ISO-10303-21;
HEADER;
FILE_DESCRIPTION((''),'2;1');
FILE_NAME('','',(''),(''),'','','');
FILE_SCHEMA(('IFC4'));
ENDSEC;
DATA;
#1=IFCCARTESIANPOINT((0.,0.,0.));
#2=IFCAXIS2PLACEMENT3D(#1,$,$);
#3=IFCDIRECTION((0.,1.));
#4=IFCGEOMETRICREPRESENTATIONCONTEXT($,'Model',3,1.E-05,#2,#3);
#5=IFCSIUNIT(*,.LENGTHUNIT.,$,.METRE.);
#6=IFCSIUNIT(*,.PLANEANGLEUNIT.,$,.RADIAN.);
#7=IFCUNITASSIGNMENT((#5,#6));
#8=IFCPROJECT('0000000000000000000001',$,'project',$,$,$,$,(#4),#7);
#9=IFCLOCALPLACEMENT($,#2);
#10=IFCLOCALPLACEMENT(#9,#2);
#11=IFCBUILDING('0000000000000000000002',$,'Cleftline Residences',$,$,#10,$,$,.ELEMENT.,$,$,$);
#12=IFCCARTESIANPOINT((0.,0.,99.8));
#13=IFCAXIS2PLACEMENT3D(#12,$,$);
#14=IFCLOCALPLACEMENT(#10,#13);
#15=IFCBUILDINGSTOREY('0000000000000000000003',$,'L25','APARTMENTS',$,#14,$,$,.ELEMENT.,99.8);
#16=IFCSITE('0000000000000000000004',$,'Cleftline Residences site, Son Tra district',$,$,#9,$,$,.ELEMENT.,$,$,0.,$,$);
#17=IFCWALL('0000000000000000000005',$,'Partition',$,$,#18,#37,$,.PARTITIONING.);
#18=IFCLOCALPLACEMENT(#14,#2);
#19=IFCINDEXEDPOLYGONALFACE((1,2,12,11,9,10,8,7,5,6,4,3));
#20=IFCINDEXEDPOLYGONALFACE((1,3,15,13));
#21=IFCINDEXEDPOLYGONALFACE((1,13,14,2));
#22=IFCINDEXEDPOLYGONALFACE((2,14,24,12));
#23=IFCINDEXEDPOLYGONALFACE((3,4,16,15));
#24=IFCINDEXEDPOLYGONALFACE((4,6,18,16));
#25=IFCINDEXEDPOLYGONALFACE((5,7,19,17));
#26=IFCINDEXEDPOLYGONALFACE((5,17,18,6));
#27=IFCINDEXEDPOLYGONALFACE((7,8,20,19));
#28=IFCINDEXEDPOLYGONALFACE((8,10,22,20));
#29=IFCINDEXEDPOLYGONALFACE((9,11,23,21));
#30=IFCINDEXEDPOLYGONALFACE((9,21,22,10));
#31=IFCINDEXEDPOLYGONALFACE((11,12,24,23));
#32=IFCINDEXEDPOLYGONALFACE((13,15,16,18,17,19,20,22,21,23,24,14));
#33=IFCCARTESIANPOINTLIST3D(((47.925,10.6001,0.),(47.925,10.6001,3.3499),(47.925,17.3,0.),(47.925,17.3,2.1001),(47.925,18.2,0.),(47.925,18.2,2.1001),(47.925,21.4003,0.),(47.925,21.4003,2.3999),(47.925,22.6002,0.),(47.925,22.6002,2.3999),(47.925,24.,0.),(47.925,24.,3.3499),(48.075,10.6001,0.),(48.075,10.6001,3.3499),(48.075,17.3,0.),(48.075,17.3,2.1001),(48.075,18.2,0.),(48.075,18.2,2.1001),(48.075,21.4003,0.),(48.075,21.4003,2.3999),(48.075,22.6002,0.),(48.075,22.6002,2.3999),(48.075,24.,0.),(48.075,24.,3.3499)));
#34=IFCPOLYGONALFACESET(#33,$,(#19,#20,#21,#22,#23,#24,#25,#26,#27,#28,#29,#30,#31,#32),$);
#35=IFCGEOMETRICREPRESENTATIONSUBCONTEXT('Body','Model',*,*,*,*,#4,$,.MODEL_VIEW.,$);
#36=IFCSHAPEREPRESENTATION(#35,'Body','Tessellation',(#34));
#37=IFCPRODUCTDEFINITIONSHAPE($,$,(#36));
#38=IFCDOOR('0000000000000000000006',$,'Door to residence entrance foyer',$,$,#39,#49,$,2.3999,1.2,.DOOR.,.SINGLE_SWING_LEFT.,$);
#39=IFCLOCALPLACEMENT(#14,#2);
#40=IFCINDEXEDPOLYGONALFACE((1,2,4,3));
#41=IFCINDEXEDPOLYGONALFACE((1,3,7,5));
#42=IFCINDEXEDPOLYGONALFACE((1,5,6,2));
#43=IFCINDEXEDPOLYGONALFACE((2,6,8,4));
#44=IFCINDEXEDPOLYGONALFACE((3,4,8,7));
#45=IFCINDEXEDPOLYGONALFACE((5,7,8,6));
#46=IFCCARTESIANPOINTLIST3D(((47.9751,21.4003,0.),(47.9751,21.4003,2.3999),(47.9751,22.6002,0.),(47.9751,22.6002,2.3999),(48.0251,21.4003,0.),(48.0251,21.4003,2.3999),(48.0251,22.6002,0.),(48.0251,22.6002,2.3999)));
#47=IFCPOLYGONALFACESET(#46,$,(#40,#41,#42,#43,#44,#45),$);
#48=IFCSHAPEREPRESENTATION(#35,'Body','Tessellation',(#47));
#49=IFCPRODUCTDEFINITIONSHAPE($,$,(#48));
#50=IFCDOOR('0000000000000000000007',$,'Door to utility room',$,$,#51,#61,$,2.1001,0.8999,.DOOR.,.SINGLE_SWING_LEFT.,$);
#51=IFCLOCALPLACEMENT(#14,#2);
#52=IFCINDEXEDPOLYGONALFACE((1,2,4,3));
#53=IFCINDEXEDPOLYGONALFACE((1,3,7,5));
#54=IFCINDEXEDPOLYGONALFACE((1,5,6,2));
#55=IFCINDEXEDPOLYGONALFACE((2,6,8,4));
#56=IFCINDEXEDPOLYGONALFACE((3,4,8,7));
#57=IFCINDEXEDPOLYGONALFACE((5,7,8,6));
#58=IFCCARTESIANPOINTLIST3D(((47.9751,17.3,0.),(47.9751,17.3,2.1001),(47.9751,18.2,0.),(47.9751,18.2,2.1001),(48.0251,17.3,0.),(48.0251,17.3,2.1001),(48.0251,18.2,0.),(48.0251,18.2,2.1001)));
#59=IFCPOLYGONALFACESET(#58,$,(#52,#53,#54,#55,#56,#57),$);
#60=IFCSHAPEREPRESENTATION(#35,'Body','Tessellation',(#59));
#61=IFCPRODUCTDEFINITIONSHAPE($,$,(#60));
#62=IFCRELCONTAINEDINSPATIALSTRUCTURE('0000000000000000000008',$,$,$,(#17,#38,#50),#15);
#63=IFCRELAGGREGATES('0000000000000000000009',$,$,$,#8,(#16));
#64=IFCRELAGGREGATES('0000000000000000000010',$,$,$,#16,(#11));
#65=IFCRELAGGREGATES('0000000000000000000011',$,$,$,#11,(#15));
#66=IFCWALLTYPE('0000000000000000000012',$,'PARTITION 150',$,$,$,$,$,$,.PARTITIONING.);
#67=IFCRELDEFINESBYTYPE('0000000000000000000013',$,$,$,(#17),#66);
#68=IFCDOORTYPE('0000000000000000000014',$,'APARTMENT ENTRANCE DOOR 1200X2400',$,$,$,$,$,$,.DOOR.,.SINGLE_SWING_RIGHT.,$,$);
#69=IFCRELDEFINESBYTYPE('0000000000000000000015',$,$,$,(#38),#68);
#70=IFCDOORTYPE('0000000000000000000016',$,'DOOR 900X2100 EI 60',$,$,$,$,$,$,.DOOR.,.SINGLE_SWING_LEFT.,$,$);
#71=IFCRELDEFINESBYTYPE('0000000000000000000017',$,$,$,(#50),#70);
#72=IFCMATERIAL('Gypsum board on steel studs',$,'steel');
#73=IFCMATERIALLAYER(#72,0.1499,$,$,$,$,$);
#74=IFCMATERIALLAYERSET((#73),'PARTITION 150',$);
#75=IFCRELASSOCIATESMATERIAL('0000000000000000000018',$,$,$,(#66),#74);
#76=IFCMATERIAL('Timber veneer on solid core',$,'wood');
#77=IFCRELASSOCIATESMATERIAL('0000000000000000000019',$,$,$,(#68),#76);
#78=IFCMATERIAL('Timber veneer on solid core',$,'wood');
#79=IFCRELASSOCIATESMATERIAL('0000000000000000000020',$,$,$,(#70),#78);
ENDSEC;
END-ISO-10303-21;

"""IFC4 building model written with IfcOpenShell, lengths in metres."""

from ifc_helpers import new_model, si_unit, direction, frame, frame_2d, origin, place, context, subcontext, project, spatial, rectangle, extrude, material, layer, layer_set, type_object, element, fill, save


model = new_model("IFC4")

# Units and contexts
model_context = context("Model", 3, precision=1e-05, world=origin(), true_north=direction((0.0, 1.0)))
body_context = subcontext(model_context, "Body", "Model", "MODEL_VIEW")
ifc_project = project(units=[si_unit("LENGTHUNIT", "METRE"), si_unit("PLANEANGLEUNIT", "RADIAN")], contexts=[model_context])

# Site, building, storey
site_placement = place(None, origin())
site = spatial("IfcSite", under=ifc_project, at=site_placement, Name="Cleftline Residences site, Son Tra district", CompositionType="ELEMENT", RefElevation=0.0)
building_placement = place(site_placement, origin())
building = spatial("IfcBuilding", under=site, at=building_placement, Name="Cleftline Residences", CompositionType="ELEMENT")
storey_placement = place(building_placement, frame((0.0, 0.0, 99.8)))
storey = spatial("IfcBuildingStorey", under=building, at=storey_placement, Name="L25", Description="APARTMENTS", CompositionType="ELEMENT", Elevation=99.8)

# Shared definitions
ifc_material_1 = material(Name="Gypsum board on steel studs", Category="steel")
ifc_layer_1 = layer(ifc_material_1, 0.1499)
ifc_layer_set_1 = layer_set([ifc_layer_1], Name="PARTITION 150")
wall_type = type_object("IfcWallType", Name="PARTITION 150", PredefinedType="PARTITIONING", material=ifc_layer_set_1)

# Wall, openings, doors
wall_1_placement = place(storey_placement, frame((48.0, 10.6001, 0.0), z_axis=(0.0, 0.0, 1.0), x_axis=(0.0, 1.0, 0.0)))
wall_1 = element("IfcWall", 1, at=wall_1_placement, inside=storey, type_object=wall_type, Name="Partition", PredefinedType="PARTITIONING", context=body_context, shape_type="SweptSolid", body=[
    extrude(rectangle(XDim=13.3999, YDim=0.1499, at=frame_2d((6.7, 0.0))), origin(), (0.0, 0.0, 1.0), 3.3499),
])
opening_1_placement = place(wall_1_placement, frame((10.8, 0.0, 0.0)))
opening_1 = element("IfcOpeningElement", 2, at=opening_1_placement, cuts=wall_1, PredefinedType="OPENING", context=body_context, shape_type="SweptSolid", body=[
    extrude(rectangle(XDim=1.2, YDim=2.3999, at=frame_2d((0.6001, 1.2))), frame((0.0, 0.085, 0.0), z_axis=(0.0, -1.0, 0.0), x_axis=(1.0, 0.0, 0.0)), (0.0, 0.0, 1.0), 0.1699),
])
opening_2_placement = place(wall_1_placement, frame((6.7, 0.0, 0.0)))
opening_2 = element("IfcOpeningElement", 3, at=opening_2_placement, cuts=wall_1, PredefinedType="OPENING", context=body_context, shape_type="SweptSolid", body=[
    extrude(rectangle(XDim=0.8999, YDim=2.1001, at=frame_2d((0.45, 1.05))), frame((0.0, 0.085, 0.0), z_axis=(0.0, -1.0, 0.0), x_axis=(1.0, 0.0, 0.0)), (0.0, 0.0, 1.0), 0.1699),
])
ifc_material_2 = material(Name="Timber veneer on solid core", Category="wood")
door_type_1 = type_object("IfcDoorType", Name="APARTMENT ENTRANCE DOOR 1200X2400", OperationType="SINGLE_SWING_RIGHT", PredefinedType="DOOR", material=ifc_material_2)
door_1_placement = place(opening_1_placement, origin())
door_1 = element("IfcDoor", 4, at=door_1_placement, inside=storey, type_object=door_type_1, Name="Door to residence entrance foyer", OperationType="SINGLE_SWING_LEFT", OverallHeight=2.3999, OverallWidth=1.2, PredefinedType="DOOR", context=body_context, shape_type="SweptSolid", body=[
    extrude(rectangle(XDim=1.2, YDim=2.3999, at=frame_2d((0.6001, 1.2))), frame((0.0, 0.0249, 0.0), z_axis=(0.0, -1.0, 0.0), x_axis=(1.0, 0.0, 0.0)), (0.0, 0.0, 1.0), 0.05),
])
fill(opening_1, door_1)
ifc_material_3 = material(Name="Timber veneer on solid core", Category="wood")
door_type_2 = type_object("IfcDoorType", Name="DOOR 900X2100 EI 60", OperationType="SINGLE_SWING_LEFT", PredefinedType="DOOR", material=ifc_material_3)
door_2_placement = place(opening_2_placement, origin())
door_2 = element("IfcDoor", 5, at=door_2_placement, inside=storey, type_object=door_type_2, Name="Door to utility room", OperationType="SINGLE_SWING_LEFT", OverallHeight=2.1001, OverallWidth=0.8999, PredefinedType="DOOR", context=body_context, shape_type="SweptSolid", body=[
    extrude(rectangle(XDim=0.8999, YDim=2.1001, at=frame_2d((0.45, 1.05))), frame((0.0, 0.0249, 0.0), z_axis=(0.0, -1.0, 0.0), x_axis=(1.0, 0.0, 0.0)), (0.0, 0.0, 1.0), 0.05),
])
fill(opening_2, door_2)

save(model, "model.ifc")
